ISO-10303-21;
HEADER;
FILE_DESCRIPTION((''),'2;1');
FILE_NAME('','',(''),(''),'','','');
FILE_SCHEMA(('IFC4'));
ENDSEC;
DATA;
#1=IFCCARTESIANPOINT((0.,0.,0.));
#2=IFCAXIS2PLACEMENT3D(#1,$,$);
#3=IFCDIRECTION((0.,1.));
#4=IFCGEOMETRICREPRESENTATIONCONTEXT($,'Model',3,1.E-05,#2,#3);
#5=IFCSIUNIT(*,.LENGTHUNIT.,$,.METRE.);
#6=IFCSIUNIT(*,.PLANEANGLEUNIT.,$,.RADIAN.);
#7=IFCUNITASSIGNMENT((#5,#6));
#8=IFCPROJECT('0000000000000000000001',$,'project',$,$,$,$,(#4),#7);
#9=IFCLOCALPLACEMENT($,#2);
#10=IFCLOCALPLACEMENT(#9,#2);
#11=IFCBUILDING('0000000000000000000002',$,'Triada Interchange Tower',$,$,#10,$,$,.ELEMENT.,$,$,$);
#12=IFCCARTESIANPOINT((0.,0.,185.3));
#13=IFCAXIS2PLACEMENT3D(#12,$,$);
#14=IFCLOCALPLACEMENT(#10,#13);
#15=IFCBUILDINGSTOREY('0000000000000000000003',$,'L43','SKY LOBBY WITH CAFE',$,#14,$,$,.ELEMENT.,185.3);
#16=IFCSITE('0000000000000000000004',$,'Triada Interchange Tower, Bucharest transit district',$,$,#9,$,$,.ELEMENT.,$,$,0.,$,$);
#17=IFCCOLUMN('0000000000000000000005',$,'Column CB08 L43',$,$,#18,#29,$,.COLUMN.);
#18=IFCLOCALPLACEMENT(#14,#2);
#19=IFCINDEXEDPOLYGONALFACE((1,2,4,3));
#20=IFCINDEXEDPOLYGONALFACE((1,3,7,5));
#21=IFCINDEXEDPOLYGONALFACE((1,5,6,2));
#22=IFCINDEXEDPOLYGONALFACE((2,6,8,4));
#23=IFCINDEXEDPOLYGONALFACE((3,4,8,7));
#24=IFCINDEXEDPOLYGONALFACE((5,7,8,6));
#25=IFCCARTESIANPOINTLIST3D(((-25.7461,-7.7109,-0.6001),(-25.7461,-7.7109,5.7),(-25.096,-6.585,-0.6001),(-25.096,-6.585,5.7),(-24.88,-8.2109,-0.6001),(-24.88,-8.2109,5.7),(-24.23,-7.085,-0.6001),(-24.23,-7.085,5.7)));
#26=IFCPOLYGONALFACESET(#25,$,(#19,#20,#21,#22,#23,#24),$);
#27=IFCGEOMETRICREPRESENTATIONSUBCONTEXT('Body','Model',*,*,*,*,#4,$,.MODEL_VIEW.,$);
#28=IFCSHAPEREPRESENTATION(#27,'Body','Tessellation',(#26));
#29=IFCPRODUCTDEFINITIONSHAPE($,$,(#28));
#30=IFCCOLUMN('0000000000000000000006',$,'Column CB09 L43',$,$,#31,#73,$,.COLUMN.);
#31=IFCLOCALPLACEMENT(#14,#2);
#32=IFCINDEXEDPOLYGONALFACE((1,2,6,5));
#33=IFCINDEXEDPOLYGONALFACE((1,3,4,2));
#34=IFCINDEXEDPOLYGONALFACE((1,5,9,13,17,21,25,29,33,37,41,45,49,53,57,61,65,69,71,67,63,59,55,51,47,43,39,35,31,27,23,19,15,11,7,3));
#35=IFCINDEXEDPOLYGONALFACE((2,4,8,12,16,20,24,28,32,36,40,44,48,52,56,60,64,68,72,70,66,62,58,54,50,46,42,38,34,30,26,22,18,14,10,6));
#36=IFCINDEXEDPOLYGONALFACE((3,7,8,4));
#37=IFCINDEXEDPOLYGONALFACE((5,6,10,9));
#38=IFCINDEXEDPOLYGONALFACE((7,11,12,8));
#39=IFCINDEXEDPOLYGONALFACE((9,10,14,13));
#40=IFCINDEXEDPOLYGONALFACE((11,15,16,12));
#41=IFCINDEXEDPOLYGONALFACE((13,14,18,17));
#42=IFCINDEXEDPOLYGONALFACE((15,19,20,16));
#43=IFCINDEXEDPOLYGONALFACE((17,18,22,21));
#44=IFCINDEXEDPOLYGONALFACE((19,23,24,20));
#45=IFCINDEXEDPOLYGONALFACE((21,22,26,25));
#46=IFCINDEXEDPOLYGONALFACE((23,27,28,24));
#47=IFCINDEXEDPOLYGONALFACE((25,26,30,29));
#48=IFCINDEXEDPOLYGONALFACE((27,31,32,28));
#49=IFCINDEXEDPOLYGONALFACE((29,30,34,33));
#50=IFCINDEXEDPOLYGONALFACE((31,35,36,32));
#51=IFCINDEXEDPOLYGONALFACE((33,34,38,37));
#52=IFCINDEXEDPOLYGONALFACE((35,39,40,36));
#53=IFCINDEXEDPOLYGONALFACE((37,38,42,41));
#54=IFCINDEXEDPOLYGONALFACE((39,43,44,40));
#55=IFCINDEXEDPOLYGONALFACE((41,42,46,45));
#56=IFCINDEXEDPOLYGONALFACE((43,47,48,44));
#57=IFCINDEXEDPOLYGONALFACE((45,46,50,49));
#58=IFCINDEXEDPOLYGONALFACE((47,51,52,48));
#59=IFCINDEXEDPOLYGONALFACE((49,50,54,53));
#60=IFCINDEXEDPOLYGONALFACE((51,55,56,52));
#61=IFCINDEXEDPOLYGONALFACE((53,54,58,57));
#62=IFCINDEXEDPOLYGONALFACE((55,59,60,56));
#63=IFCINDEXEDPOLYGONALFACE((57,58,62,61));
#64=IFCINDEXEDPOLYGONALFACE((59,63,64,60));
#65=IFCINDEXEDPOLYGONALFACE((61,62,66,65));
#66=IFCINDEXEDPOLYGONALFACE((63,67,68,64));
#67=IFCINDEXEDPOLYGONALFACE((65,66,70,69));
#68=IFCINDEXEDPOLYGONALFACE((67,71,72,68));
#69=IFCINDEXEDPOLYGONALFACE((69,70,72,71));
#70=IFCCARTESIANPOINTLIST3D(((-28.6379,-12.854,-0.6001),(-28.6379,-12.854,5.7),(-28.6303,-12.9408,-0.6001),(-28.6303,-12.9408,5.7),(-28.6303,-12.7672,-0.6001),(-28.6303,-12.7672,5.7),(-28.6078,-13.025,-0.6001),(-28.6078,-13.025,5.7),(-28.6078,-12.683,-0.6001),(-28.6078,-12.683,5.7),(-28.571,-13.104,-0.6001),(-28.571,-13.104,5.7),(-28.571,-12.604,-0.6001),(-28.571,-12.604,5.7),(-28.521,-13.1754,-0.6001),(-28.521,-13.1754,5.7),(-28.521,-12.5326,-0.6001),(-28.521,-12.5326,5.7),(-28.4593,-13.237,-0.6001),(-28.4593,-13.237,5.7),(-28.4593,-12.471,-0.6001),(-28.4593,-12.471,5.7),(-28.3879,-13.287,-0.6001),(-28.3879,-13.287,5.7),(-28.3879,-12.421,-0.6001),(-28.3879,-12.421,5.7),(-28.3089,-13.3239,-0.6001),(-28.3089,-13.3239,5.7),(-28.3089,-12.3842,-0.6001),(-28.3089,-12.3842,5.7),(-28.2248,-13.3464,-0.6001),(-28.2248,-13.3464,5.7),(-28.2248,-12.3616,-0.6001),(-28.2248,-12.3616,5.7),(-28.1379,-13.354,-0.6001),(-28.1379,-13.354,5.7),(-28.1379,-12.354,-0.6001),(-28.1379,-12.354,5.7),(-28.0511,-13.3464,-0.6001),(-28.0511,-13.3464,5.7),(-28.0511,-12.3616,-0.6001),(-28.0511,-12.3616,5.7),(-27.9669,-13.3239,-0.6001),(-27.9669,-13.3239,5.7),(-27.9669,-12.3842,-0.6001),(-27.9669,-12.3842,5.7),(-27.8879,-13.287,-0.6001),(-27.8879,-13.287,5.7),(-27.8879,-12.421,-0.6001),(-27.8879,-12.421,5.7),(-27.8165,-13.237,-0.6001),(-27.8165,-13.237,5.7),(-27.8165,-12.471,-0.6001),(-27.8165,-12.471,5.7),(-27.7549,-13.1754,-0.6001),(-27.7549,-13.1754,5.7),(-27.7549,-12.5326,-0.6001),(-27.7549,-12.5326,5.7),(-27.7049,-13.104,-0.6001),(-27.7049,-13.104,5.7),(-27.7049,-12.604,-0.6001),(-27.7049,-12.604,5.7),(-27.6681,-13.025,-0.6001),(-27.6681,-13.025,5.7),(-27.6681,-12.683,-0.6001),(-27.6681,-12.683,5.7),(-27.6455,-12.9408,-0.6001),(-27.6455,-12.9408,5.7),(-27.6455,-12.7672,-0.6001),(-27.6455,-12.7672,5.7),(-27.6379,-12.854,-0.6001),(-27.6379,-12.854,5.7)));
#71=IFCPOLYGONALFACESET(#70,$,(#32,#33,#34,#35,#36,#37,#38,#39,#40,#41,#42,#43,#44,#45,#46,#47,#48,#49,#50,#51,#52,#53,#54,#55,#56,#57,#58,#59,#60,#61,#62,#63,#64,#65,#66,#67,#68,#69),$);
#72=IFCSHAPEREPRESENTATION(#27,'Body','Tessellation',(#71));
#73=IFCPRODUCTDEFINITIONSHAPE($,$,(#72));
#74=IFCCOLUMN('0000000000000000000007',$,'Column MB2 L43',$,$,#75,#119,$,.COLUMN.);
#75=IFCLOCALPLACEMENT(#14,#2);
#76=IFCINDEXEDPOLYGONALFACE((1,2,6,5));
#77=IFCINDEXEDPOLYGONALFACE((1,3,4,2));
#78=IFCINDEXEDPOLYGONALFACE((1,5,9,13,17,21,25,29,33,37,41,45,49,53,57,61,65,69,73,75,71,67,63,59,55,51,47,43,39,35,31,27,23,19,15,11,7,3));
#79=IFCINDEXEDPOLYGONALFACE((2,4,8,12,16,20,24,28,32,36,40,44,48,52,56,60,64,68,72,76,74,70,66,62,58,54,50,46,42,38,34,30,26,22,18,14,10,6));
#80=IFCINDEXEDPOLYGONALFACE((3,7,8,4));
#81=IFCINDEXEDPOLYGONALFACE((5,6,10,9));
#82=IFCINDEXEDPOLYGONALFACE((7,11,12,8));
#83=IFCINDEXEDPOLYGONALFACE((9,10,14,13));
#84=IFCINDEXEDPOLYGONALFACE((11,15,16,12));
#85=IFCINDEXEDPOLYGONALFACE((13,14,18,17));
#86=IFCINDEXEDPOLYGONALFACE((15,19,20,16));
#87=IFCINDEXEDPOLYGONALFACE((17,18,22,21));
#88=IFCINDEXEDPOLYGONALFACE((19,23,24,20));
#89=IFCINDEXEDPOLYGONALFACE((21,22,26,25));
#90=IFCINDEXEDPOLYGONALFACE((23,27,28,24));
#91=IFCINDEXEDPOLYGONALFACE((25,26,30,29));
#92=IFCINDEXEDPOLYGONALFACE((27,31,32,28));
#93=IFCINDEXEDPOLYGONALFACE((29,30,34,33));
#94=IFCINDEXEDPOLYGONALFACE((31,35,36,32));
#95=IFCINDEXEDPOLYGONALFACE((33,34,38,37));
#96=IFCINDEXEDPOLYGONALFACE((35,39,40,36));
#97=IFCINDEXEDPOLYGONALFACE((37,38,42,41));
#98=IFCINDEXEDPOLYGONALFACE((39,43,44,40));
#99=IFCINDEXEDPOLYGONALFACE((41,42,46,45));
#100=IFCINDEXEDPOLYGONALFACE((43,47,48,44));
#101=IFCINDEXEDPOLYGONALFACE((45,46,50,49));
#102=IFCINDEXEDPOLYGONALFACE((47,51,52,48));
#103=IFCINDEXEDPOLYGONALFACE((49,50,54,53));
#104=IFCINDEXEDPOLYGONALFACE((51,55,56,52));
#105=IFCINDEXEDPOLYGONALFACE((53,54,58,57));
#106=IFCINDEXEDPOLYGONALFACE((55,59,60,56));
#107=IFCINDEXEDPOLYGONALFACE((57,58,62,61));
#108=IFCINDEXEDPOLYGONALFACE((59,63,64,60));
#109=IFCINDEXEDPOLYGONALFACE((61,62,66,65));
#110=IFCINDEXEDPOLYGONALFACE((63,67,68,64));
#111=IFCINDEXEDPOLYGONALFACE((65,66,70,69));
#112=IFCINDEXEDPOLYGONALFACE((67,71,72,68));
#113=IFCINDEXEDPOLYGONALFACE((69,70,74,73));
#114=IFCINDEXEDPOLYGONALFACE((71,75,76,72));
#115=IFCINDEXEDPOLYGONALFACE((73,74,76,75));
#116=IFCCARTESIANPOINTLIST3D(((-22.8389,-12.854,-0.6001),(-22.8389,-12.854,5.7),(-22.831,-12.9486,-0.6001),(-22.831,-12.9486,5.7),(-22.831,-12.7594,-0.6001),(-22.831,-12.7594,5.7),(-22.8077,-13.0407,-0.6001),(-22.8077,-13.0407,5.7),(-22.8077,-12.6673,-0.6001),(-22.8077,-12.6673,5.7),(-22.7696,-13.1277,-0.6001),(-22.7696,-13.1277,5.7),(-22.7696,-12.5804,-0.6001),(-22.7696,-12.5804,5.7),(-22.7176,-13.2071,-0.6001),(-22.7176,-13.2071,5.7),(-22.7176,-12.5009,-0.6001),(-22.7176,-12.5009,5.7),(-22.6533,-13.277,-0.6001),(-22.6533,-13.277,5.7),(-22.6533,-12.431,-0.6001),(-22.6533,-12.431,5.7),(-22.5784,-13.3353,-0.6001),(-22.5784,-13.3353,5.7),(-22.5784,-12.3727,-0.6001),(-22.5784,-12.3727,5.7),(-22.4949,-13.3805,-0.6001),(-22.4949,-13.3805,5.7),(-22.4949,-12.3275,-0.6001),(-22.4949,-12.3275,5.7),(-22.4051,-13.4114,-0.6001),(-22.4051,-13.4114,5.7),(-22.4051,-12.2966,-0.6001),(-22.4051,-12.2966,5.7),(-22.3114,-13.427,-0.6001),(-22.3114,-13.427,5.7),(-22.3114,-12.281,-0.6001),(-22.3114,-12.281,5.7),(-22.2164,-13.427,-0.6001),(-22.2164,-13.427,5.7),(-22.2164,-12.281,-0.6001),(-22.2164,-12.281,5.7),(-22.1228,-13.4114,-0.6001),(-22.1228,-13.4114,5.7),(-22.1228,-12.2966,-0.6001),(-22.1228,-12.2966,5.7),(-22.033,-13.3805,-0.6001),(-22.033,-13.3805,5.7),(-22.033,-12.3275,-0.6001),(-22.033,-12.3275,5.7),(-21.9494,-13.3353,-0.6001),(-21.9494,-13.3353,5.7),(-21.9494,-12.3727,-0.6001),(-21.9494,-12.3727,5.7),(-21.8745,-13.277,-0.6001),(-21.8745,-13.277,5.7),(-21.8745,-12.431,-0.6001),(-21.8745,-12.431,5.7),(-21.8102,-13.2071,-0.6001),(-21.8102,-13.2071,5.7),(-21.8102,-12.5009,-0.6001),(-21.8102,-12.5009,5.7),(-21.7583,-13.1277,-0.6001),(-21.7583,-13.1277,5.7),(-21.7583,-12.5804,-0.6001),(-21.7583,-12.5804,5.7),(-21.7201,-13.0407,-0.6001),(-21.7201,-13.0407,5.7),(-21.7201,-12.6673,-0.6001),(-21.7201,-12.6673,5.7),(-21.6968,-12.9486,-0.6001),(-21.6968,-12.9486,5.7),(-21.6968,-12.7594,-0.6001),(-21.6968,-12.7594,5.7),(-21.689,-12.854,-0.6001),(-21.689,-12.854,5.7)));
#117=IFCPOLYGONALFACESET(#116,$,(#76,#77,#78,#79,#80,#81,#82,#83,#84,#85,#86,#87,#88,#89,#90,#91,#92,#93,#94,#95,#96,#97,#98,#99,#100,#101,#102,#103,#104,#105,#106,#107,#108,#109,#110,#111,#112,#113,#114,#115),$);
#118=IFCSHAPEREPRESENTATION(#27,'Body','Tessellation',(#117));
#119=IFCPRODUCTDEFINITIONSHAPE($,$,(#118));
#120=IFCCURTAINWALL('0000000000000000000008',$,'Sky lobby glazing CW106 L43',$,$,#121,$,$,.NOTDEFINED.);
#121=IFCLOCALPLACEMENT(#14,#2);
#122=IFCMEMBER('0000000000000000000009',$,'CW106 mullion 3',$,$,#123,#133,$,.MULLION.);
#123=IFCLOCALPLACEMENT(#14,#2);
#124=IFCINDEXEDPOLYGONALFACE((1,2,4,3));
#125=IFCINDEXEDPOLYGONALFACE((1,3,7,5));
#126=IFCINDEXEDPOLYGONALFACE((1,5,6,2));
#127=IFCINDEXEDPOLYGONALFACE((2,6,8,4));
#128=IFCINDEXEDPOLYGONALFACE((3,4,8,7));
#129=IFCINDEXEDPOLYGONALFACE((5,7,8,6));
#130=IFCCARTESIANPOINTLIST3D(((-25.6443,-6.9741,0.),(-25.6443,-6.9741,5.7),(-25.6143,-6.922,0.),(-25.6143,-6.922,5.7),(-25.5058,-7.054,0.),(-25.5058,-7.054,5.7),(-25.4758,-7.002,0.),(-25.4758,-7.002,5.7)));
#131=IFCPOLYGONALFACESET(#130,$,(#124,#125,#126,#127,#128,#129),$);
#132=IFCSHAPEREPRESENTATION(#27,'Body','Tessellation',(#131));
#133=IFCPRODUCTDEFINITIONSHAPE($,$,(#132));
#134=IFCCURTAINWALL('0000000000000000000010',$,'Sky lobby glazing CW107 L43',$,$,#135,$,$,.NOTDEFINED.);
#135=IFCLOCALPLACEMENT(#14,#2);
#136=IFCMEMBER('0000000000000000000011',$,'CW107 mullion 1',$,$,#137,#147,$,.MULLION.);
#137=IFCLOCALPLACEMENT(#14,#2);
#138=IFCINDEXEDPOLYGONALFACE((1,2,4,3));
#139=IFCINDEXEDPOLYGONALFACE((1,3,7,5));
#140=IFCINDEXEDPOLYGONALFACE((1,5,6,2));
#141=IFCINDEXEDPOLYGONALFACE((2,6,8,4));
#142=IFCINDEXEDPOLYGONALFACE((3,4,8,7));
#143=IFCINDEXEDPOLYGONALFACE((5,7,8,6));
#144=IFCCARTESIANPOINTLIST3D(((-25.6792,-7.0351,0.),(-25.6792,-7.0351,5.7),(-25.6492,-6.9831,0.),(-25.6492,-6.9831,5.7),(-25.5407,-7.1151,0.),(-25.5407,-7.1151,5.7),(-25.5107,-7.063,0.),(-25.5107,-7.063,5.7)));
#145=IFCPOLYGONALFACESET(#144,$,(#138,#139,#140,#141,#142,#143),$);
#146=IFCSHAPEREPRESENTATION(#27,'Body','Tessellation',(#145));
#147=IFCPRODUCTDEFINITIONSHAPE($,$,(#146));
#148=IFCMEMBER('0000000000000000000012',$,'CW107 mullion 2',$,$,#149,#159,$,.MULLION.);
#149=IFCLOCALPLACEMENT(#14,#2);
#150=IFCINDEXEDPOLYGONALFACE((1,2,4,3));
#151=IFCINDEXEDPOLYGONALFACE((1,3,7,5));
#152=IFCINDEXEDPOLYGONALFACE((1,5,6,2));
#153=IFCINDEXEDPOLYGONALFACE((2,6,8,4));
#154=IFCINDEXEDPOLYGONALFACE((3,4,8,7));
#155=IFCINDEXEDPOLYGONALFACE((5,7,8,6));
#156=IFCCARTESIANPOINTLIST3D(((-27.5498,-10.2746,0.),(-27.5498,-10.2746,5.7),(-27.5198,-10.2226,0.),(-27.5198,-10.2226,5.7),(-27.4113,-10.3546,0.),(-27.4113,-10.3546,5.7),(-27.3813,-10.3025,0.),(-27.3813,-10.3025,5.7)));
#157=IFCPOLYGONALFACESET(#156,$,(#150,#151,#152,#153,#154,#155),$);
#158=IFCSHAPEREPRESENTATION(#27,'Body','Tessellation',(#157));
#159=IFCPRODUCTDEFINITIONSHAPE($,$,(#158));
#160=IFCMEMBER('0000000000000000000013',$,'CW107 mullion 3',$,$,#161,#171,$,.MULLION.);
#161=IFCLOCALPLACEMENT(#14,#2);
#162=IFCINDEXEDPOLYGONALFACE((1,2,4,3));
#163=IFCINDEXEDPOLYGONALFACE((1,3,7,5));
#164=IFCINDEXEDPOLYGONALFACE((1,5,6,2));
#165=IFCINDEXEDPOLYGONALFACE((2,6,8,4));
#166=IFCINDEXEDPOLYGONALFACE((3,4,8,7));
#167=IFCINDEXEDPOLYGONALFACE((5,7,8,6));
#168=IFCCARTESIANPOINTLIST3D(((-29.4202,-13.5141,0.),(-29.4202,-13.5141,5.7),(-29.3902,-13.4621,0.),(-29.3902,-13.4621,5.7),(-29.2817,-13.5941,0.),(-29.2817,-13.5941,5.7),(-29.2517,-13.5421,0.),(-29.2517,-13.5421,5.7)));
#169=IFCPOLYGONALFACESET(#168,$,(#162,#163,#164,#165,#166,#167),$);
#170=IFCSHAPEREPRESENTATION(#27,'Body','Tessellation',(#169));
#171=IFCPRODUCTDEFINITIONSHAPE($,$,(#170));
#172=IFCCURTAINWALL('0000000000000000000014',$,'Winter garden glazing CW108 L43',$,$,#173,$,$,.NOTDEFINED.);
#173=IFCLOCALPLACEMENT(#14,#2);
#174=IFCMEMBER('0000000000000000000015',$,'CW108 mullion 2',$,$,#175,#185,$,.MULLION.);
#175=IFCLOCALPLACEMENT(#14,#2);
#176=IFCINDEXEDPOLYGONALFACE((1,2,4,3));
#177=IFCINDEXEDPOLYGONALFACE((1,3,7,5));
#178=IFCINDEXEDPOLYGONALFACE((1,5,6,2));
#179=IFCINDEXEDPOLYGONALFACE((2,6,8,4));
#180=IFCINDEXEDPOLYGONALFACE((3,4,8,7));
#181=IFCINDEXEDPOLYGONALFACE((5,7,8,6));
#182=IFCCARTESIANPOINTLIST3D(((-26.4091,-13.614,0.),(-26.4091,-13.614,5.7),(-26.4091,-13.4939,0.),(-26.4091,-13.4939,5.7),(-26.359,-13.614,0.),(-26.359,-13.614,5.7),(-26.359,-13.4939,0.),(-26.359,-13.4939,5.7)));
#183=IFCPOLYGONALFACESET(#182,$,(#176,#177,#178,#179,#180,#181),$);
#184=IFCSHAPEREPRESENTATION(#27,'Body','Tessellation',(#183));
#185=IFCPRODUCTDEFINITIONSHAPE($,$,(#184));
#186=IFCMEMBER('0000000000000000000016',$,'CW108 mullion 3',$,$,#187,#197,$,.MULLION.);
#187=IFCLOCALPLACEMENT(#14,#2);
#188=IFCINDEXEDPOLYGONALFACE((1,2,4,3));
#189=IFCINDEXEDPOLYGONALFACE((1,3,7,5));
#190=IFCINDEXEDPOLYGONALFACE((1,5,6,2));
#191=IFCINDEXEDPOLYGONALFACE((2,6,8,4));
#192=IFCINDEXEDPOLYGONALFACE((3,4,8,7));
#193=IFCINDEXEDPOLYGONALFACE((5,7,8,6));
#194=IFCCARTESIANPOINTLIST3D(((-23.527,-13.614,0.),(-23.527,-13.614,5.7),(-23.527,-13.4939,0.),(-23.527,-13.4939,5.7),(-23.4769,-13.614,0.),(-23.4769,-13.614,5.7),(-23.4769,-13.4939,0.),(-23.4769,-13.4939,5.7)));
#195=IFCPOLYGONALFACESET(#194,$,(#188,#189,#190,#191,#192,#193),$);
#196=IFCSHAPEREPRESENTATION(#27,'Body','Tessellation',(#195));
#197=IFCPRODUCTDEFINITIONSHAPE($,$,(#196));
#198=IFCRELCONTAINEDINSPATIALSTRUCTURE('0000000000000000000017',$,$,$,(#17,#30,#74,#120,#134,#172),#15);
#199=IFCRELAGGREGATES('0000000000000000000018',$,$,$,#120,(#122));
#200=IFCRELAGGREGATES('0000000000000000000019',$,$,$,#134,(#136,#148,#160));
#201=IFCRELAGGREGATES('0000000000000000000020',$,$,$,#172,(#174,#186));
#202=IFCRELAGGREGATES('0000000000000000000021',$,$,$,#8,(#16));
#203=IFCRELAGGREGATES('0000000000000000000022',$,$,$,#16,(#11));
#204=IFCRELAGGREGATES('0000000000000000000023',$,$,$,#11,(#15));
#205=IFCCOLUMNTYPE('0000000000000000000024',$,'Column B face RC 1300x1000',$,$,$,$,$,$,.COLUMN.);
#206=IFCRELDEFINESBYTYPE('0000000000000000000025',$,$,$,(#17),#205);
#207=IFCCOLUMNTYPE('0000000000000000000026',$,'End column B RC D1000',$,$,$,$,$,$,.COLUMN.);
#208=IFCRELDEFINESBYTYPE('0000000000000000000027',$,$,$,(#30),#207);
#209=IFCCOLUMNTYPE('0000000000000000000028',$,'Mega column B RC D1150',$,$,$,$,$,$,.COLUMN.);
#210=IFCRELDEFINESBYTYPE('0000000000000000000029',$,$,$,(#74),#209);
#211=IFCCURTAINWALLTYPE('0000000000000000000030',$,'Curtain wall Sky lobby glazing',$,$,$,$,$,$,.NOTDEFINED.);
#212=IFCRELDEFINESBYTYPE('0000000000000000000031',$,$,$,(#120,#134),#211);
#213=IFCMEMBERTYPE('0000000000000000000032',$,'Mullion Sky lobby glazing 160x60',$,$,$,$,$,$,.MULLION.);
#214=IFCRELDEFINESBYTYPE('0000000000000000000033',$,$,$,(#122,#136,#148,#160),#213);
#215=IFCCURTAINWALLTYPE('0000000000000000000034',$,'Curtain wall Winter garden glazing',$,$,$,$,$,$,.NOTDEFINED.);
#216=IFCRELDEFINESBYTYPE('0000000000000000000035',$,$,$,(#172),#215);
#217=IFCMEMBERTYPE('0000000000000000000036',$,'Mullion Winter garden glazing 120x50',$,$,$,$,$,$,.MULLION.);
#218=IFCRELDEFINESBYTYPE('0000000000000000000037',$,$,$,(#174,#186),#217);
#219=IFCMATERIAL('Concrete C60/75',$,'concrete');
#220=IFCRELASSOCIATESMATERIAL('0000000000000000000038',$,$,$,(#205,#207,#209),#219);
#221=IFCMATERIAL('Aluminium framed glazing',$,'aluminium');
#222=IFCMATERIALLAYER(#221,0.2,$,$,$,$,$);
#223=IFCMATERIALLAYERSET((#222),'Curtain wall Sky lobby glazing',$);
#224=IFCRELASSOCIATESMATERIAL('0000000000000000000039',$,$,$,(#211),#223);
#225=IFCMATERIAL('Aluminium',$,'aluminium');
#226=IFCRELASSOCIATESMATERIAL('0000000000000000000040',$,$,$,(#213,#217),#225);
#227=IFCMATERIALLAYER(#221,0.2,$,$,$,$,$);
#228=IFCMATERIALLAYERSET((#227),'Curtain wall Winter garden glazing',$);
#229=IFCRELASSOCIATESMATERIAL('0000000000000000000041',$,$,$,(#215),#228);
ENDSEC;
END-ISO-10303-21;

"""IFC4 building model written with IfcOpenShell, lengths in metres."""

from ifc_helpers import new_model, si_unit, direction, frame, origin, origin_2d, place, context, subcontext, project, spatial, rectangle, circle, extrude, material, layer, layer_set, material_profile, profile_set, type_object, element, aggregate, save


model = new_model("IFC4")

# Units and contexts
model_context = context("Model", 3, precision=1e-05, world=origin(), true_north=direction((0.0, 1.0)))
body_context = subcontext(model_context, "Body", "Model", "MODEL_VIEW")
ifc_project = project(units=[si_unit("LENGTHUNIT", "METRE"), si_unit("PLANEANGLEUNIT", "RADIAN")], contexts=[model_context])

# Site, building, storey
site_placement = place(None, origin())
site = spatial("IfcSite", under=ifc_project, at=site_placement, Name="Triada Interchange Tower, Bucharest transit district", CompositionType="ELEMENT", RefElevation=0.0)
building_placement = place(site_placement, origin())
building = spatial("IfcBuilding", under=site, at=building_placement, Name="Triada Interchange Tower", CompositionType="ELEMENT")
storey_placement = place(building_placement, frame((0.0, 0.0, 185.3)))
storey = spatial("IfcBuildingStorey", under=building, at=storey_placement, Name="L43", Description="SKY LOBBY WITH CAFE", CompositionType="ELEMENT", Elevation=185.3)

# Columns
ifc_material_1 = material(Name="Concrete C60/75", Category="concrete")
ifc_material_profile_1 = material_profile(ifc_material_1, rectangle(XDim=1.3, YDim=1.0, at=origin_2d()), Name="RC 1300x1000")
ifc_profile_set_1 = profile_set([ifc_material_profile_1], Name="Concrete C60/75")
column_type_1 = type_object("IfcColumnType", Name="Column B face RC 1300x1000", PredefinedType="COLUMN", material=ifc_profile_set_1)
column_1_placement = place(storey_placement, frame((-24.988, -7.3979, -0.6001), z_axis=(0.0, 0.0, 1.0), x_axis=(0.5, 0.866025, 0.0)))
element("IfcColumn", 1, at=column_1_placement, inside=storey, type_object=column_type_1, Name="Column CB08 L43", PredefinedType="COLUMN", context=body_context, shape_type="SweptSolid", body=[
    extrude(rectangle(XDim=1.3, YDim=1.0, at=origin_2d()), origin(), (0.0, 0.0, 1.0), 6.3),
])
ifc_material_profile_2 = material_profile(ifc_material_1, circle(Radius=0.5, at=origin_2d()), Name="RC D1000")
ifc_profile_set_2 = profile_set([ifc_material_profile_2], Name="Concrete C60/75")
column_type_2 = type_object("IfcColumnType", Name="End column B RC D1000", PredefinedType="COLUMN", material=ifc_profile_set_2)
column_2_placement = place(storey_placement, frame((-28.1379, -12.854, -0.6001), z_axis=(0.0, 0.0, 1.0), x_axis=(0.5, 0.866025, 0.0)))
element("IfcColumn", 2, at=column_2_placement, inside=storey, type_object=column_type_2, Name="Column CB09 L43", PredefinedType="COLUMN", context=body_context, shape_type="SweptSolid", body=[
    extrude(circle(Radius=0.5, at=origin_2d()), origin(), (0.0, 0.0, 1.0), 6.3),
])
ifc_material_profile_3 = material_profile(ifc_material_1, circle(Radius=0.575, at=origin_2d()), Name="RC D1150")
ifc_profile_set_3 = profile_set([ifc_material_profile_3], Name="Concrete C60/75")
column_type_3 = type_object("IfcColumnType", Name="Mega column B RC D1150", PredefinedType="COLUMN", material=ifc_profile_set_3)
column_3_placement = place(storey_placement, frame((-22.2639, -12.854, -0.6001), z_axis=(0.0, 0.0, 1.0), x_axis=(1.0, 0.0, 0.0)))
element("IfcColumn", 3, at=column_3_placement, inside=storey, type_object=column_type_3, Name="Column MB2 L43", PredefinedType="COLUMN", context=body_context, shape_type="SweptSolid", body=[
    extrude(circle(Radius=0.575, at=origin_2d()), origin(), (0.0, 0.0, 1.0), 6.3),
])

# Curtain wall, member
ifc_material_2 = material(Name="Aluminium framed glazing", Category="aluminium")
ifc_layer_1 = layer(ifc_material_2, 0.2)
ifc_layer_set_1 = layer_set([ifc_layer_1], Name="Curtain wall Sky lobby glazing")
curtain_wall_type_1 = type_object("IfcCurtainWallType", Name="Curtain wall Sky lobby glazing", PredefinedType="NOTDEFINED", material=ifc_layer_set_1)
curtain_wall_1_placement = place(storey_placement, origin())
curtain_wall_1 = element("IfcCurtainWall", 4, at=curtain_wall_1_placement, inside=storey, type_object=curtain_wall_type_1, Name="Sky lobby glazing CW106 L43", PredefinedType="NOTDEFINED")
ifc_material_3 = material(Name="Aluminium", Category="aluminium")
ifc_material_profile_4 = material_profile(ifc_material_3, rectangle(XDim=0.1599, YDim=0.0601, at=origin_2d()), Name="Aluminium mullion")
ifc_profile_set_4 = profile_set([ifc_material_profile_4], Name="Aluminium")
member_type_1 = type_object("IfcMemberType", Name="Mullion Sky lobby glazing 160x60", PredefinedType="MULLION", material=ifc_profile_set_4)
member_1_placement = place(storey_placement, frame((-25.5601, -6.988, 0.0), z_axis=(0.0, 0.0, 1.0), x_axis=(0.865989, -0.500063, 0.0)))
member_1 = element("IfcMember", 5, at=member_1_placement, type_object=member_type_1, Name="CW106 mullion 3", PredefinedType="MULLION", context=body_context, shape_type="SweptSolid", body=[
    extrude(rectangle(XDim=0.1599, YDim=0.0601, at=origin_2d()), origin(), (0.0, 0.0, 1.0), 5.7),
])

# Curtain walls, members
curtain_wall_2_placement = place(storey_placement, origin())
curtain_wall_2 = element("IfcCurtainWall", 6, at=curtain_wall_2_placement, inside=storey, type_object=curtain_wall_type_1, Name="Sky lobby glazing CW107 L43", PredefinedType="NOTDEFINED")
member_2_placement = place(storey_placement, frame((-25.595, -7.0491, 0.0), z_axis=(0.0, 0.0, 1.0), x_axis=(0.866007, -0.500032, 0.0)))
member_2 = element("IfcMember", 7, at=member_2_placement, type_object=member_type_1, Name="CW107 mullion 1", PredefinedType="MULLION", context=body_context, shape_type="SweptSolid", body=[
    extrude(rectangle(XDim=0.1599, YDim=0.0601, at=origin_2d()), origin(), (0.0, 0.0, 1.0), 5.7),
])
member_3_placement = place(storey_placement, frame((-27.4656, -10.2886, 0.0), z_axis=(0.0, 0.0, 1.0), x_axis=(0.866007, -0.500032, 0.0)))
member_3 = element("IfcMember", 8, at=member_3_placement, type_object=member_type_1, Name="CW107 mullion 2", PredefinedType="MULLION", context=body_context, shape_type="SweptSolid", body=[
    extrude(rectangle(XDim=0.1599, YDim=0.0601, at=origin_2d()), origin(), (0.0, 0.0, 1.0), 5.7),
])
member_4_placement = place(storey_placement, frame((-29.3359, -13.5281, 0.0), z_axis=(0.0, 0.0, 1.0), x_axis=(0.866007, -0.500032, 0.0)))
member_4 = element("IfcMember", 9, at=member_4_placement, type_object=member_type_1, Name="CW107 mullion 3", PredefinedType="MULLION", context=body_context, shape_type="SweptSolid", body=[
    extrude(rectangle(XDim=0.1599, YDim=0.0601, at=origin_2d()), origin(), (0.0, 0.0, 1.0), 5.7),
])
ifc_layer_2 = layer(ifc_material_2, 0.2)
ifc_layer_set_2 = layer_set([ifc_layer_2], Name="Curtain wall Winter garden glazing")
curtain_wall_type_2 = type_object("IfcCurtainWallType", Name="Curtain wall Winter garden glazing", PredefinedType="NOTDEFINED", material=ifc_layer_set_2)
curtain_wall_3_placement = place(storey_placement, origin())
curtain_wall_3 = element("IfcCurtainWall", 10, at=curtain_wall_3_placement, inside=storey, type_object=curtain_wall_type_2, Name="Winter garden glazing CW108 L43", PredefinedType="NOTDEFINED")
ifc_material_profile_5 = material_profile(ifc_material_3, rectangle(XDim=0.1201, YDim=0.05, at=origin_2d()), Name="Aluminium mullion")
ifc_profile_set_5 = profile_set([ifc_material_profile_5], Name="Aluminium")
member_type_2 = type_object("IfcMemberType", Name="Mullion Winter garden glazing 120x50", PredefinedType="MULLION", material=ifc_profile_set_5)
member_5_placement = place(storey_placement, frame((-26.384, -13.554, 0.0), z_axis=(0.0, 0.0, 1.0), x_axis=(0.0, 1.0, 0.0)))
member_5 = element("IfcMember", 11, at=member_5_placement, type_object=member_type_2, Name="CW108 mullion 2", PredefinedType="MULLION", context=body_context, shape_type="SweptSolid", body=[
    extrude(rectangle(XDim=0.1201, YDim=0.05, at=origin_2d()), origin(), (0.0, 0.0, 1.0), 5.7),
])
member_6_placement = place(storey_placement, frame((-23.502, -13.554, 0.0), z_axis=(0.0, 0.0, 1.0), x_axis=(0.0, 1.0, 0.0)))
member_6 = element("IfcMember", 12, at=member_6_placement, type_object=member_type_2, Name="CW108 mullion 3", PredefinedType="MULLION", context=body_context, shape_type="SweptSolid", body=[
    extrude(rectangle(XDim=0.1201, YDim=0.05, at=origin_2d()), origin(), (0.0, 0.0, 1.0), 5.7),
])

aggregate(curtain_wall_1, [member_1])
aggregate(curtain_wall_2, [member_2, member_3, member_4])
aggregate(curtain_wall_3, [member_5, member_6])

save(model, "model.ifc")
